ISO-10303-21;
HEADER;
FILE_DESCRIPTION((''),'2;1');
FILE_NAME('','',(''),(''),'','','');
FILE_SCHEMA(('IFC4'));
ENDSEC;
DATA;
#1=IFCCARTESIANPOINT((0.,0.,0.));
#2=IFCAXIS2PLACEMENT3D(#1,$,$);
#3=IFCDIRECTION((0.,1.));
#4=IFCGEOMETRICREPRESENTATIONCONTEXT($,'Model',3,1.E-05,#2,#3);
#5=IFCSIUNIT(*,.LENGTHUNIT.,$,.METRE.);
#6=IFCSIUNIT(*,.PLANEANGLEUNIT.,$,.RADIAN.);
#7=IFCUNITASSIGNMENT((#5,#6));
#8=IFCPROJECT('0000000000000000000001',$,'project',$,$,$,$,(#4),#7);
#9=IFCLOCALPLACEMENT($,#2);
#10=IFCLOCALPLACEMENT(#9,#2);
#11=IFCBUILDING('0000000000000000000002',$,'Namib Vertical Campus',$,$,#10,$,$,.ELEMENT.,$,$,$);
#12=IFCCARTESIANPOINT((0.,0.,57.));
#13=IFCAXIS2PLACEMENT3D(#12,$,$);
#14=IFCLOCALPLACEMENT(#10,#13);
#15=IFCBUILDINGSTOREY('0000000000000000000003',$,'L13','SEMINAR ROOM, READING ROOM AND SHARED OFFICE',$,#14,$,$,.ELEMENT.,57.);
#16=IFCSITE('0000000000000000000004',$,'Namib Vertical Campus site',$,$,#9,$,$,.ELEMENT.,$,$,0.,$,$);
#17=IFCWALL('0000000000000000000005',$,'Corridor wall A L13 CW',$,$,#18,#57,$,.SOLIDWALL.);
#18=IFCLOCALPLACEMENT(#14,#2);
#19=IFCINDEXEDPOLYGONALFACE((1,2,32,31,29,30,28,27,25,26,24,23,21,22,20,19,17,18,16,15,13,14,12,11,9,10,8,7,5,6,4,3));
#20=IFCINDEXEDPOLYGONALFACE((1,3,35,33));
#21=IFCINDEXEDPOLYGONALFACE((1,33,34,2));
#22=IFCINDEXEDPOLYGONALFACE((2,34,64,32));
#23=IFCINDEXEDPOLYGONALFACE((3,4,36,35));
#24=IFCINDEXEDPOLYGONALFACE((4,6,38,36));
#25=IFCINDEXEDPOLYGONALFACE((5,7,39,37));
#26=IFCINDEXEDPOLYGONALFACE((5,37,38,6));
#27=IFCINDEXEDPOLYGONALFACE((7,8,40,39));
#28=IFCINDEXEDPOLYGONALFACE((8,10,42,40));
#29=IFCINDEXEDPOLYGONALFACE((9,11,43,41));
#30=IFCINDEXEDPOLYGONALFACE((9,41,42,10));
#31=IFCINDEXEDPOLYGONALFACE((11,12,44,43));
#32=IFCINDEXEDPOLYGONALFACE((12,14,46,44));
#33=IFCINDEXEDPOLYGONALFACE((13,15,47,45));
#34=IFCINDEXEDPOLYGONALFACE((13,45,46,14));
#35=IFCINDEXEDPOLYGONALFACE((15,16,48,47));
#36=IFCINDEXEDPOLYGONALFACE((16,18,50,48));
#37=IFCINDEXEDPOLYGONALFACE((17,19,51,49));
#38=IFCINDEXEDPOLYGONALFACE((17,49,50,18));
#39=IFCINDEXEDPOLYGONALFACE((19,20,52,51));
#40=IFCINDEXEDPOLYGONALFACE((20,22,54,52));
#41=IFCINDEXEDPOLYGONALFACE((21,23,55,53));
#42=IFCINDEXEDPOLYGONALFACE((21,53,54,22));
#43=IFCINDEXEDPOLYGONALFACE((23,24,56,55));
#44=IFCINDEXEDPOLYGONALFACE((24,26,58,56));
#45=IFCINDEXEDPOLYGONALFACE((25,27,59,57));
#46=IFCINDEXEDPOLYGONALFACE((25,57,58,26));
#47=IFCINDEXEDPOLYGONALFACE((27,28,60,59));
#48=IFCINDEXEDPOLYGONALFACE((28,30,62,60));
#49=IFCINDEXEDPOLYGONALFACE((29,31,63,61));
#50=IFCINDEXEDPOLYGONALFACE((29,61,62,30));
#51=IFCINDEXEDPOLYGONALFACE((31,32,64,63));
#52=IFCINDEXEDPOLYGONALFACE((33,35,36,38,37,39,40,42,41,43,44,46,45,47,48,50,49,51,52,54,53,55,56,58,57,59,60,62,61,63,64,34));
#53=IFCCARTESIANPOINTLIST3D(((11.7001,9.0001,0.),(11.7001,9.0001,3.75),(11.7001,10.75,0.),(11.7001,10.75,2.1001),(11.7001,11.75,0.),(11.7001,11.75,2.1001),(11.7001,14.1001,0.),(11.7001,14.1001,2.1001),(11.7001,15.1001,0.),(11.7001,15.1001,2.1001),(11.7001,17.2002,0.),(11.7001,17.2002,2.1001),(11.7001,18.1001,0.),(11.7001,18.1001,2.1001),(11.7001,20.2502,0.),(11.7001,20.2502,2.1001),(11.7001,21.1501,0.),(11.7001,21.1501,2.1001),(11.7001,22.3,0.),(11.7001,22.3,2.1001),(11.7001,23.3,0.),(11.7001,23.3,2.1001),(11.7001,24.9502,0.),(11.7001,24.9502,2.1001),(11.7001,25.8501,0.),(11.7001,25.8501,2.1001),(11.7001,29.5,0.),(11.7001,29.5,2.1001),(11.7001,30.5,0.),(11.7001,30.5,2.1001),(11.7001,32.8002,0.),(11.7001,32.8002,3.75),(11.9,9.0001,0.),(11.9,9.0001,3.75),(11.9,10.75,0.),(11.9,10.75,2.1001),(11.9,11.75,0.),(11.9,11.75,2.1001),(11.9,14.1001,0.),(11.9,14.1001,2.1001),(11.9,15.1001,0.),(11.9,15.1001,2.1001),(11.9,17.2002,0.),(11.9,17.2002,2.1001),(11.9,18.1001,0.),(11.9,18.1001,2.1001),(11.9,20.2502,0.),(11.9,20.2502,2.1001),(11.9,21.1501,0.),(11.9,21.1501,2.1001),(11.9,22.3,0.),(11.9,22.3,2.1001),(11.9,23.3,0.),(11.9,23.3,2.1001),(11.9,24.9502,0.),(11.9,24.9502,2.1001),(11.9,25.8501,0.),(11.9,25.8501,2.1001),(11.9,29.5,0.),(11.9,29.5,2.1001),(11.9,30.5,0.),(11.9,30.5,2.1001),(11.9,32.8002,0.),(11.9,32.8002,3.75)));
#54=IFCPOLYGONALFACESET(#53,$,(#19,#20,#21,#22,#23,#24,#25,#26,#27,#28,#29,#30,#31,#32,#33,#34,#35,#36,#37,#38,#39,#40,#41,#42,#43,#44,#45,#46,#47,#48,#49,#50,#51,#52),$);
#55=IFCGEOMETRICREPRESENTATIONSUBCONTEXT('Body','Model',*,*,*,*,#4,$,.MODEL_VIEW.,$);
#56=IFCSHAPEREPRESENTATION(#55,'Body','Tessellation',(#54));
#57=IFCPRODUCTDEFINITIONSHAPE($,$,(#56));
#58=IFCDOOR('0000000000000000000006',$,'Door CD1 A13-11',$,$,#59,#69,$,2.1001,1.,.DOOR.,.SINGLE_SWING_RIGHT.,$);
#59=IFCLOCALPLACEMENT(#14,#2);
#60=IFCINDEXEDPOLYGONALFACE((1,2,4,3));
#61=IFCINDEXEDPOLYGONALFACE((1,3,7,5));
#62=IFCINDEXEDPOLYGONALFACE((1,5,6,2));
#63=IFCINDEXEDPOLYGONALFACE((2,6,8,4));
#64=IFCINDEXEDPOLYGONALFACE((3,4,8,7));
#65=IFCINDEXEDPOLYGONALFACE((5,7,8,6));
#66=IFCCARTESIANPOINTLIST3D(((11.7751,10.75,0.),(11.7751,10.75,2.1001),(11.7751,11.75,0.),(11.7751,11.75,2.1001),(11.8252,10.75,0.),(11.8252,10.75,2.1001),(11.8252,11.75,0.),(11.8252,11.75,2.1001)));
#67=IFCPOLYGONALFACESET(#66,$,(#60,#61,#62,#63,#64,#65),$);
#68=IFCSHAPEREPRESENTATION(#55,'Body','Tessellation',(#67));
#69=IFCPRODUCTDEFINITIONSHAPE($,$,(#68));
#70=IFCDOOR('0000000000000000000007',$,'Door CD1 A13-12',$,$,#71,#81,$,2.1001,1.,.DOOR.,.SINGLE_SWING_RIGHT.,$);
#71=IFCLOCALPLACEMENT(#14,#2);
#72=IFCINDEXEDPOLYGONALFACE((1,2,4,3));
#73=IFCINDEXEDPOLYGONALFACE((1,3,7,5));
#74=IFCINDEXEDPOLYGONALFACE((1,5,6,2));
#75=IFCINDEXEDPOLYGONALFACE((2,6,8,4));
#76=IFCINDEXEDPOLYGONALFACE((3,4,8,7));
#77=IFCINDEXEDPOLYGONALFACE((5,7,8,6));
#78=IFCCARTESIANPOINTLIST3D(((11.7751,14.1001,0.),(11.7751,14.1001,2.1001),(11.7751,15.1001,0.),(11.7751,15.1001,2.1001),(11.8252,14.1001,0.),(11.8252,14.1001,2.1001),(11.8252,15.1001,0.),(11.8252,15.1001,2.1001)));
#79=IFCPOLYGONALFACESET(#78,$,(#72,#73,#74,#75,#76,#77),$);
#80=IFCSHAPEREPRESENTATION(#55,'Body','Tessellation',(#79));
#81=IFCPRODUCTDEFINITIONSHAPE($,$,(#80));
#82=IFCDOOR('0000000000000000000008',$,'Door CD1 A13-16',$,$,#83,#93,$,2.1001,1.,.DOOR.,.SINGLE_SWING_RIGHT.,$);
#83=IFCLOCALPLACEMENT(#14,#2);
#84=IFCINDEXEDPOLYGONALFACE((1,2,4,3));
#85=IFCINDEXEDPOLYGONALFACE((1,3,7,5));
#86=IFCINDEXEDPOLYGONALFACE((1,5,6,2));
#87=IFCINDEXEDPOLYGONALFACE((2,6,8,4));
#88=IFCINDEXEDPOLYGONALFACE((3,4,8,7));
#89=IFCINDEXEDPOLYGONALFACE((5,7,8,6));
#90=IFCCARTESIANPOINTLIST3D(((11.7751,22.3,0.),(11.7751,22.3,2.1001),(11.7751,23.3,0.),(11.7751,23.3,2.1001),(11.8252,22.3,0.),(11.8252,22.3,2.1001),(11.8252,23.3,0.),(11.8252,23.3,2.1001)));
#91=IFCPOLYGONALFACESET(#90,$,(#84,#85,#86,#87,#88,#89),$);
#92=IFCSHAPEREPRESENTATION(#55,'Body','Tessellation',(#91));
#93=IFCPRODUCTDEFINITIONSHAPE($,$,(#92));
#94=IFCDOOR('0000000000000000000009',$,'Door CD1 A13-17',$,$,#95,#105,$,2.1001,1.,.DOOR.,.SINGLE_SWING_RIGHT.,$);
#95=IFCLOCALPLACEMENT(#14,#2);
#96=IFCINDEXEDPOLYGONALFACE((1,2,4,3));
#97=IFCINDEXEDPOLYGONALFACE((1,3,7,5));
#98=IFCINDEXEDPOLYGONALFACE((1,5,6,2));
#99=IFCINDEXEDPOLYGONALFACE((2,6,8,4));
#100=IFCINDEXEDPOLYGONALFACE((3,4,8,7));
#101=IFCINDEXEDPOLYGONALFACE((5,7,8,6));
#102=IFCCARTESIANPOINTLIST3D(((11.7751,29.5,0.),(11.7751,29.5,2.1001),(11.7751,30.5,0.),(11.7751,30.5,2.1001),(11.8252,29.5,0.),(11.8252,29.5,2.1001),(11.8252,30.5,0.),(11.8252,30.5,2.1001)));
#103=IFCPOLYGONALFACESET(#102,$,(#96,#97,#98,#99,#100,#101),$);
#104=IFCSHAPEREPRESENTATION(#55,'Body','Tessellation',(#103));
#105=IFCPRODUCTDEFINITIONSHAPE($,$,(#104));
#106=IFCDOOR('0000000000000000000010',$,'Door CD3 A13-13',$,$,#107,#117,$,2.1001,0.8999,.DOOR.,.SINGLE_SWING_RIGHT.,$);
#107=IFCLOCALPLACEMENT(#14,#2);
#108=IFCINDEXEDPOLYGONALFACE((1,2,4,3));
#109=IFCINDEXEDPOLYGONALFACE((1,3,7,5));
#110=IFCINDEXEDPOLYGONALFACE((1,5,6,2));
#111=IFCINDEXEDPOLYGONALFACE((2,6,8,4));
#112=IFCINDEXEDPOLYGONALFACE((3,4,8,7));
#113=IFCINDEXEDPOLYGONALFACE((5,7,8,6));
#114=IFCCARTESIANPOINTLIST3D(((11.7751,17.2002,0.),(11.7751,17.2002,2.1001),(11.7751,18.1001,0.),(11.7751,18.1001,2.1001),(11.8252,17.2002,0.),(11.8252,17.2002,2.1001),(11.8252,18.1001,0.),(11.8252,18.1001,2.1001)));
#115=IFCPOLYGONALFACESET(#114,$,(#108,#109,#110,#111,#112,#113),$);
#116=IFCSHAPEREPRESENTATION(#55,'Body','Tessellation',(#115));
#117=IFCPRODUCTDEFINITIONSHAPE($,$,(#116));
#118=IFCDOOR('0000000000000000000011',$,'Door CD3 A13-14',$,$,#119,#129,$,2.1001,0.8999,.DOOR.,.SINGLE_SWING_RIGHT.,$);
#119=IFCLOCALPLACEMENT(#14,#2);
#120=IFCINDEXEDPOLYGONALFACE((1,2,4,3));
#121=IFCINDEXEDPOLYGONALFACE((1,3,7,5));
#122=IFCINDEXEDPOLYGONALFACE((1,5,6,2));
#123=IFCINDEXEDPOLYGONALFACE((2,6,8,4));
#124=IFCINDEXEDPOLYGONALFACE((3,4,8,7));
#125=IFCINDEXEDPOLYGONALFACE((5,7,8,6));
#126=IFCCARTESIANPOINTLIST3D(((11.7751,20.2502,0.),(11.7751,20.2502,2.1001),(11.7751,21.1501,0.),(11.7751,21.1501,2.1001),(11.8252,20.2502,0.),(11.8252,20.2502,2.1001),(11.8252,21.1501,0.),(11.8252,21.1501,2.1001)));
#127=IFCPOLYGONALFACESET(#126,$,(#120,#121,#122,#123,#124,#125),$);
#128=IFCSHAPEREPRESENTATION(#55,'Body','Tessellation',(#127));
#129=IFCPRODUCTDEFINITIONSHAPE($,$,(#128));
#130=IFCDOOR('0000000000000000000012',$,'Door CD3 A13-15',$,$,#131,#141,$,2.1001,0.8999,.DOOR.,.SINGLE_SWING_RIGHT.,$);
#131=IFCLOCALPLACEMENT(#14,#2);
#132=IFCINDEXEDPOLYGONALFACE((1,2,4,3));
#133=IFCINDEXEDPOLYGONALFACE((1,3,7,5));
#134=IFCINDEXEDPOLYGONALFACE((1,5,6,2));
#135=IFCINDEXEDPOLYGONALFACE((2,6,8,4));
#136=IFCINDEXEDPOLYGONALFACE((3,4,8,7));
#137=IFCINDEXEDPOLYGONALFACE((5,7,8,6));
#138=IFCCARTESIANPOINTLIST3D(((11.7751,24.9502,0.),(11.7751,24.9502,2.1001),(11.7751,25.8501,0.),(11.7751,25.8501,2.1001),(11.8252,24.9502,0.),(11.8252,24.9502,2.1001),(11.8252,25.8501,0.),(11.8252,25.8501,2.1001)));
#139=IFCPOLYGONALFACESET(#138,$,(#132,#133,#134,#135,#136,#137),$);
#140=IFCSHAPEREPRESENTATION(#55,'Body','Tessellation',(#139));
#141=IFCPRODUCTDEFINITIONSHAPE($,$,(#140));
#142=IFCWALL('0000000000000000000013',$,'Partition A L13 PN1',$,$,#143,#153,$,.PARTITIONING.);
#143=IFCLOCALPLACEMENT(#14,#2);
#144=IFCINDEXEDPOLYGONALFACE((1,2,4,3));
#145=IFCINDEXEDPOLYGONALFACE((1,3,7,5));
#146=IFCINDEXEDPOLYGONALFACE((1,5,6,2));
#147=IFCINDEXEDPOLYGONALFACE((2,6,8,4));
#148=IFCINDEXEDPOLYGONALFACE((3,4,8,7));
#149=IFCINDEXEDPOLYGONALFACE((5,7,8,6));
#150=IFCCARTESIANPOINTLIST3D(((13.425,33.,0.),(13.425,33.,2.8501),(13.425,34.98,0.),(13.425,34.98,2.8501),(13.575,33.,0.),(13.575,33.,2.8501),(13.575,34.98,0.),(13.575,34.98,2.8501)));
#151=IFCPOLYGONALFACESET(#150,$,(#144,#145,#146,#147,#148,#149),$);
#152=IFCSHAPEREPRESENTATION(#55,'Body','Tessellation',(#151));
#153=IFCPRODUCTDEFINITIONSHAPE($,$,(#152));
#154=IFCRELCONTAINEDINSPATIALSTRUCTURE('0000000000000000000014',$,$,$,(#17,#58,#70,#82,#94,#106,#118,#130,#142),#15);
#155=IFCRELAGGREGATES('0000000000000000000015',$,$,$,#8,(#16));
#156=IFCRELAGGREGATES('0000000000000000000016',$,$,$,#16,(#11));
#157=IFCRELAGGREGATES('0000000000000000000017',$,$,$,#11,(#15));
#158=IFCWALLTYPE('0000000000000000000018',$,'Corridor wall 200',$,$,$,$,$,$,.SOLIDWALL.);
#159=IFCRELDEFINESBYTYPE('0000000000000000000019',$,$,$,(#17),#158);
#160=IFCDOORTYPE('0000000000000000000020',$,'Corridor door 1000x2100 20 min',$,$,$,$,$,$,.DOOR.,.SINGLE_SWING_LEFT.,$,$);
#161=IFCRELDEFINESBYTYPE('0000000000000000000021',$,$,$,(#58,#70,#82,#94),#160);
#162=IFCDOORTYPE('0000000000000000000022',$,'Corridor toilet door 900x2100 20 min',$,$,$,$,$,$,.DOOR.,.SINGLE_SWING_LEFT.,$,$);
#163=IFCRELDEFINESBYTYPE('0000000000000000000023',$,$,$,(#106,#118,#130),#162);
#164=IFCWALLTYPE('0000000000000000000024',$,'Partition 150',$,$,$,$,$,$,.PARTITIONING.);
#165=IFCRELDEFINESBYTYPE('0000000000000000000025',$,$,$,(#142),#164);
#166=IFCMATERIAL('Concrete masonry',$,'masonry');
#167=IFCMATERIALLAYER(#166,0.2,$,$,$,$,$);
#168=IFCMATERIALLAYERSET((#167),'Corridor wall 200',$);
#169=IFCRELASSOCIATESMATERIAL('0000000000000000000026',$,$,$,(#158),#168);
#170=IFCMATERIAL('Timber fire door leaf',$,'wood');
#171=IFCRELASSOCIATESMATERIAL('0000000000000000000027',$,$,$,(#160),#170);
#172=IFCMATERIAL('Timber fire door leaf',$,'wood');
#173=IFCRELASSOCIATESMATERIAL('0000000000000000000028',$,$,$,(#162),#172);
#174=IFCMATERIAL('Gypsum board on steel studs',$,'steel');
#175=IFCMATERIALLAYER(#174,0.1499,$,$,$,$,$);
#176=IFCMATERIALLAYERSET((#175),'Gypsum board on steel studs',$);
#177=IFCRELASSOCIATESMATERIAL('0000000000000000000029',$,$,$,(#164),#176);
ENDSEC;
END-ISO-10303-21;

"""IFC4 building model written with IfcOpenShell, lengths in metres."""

from ifc_helpers import new_model, si_unit, direction, frame, frame_2d, origin, place, context, subcontext, project, spatial, rectangle, extrude, material, layer, layer_set, type_object, element, fill, save


model = new_model("IFC4")

# Units and contexts
model_context = context("Model", 3, precision=1e-05, world=origin(), true_north=direction((0.0, 1.0)))
body_context = subcontext(model_context, "Body", "Model", "MODEL_VIEW")
ifc_project = project(units=[si_unit("LENGTHUNIT", "METRE"), si_unit("PLANEANGLEUNIT", "RADIAN")], contexts=[model_context])

# Site, building, storey
site_placement = place(None, origin())
site = spatial("IfcSite", under=ifc_project, at=site_placement, Name="Namib Vertical Campus site", CompositionType="ELEMENT", RefElevation=0.0)
building_placement = place(site_placement, origin())
building = spatial("IfcBuilding", under=site, at=building_placement, Name="Namib Vertical Campus", CompositionType="ELEMENT")
storey_placement = place(building_placement, frame((0.0, 0.0, 57.0)))
storey = spatial("IfcBuildingStorey", under=building, at=storey_placement, Name="L13", Description="SEMINAR ROOM, READING ROOM AND SHARED OFFICE", CompositionType="ELEMENT", Elevation=57.0)

# Wall, openings, doors
ifc_material_1 = material(Name="Concrete masonry", Category="masonry")
ifc_layer_1 = layer(ifc_material_1, 0.2)
ifc_layer_set_1 = layer_set([ifc_layer_1], Name="Corridor wall 200")
wall_type_1 = type_object("IfcWallType", Name="Corridor wall 200", PredefinedType="SOLIDWALL", material=ifc_layer_set_1)
wall_1_placement = place(storey_placement, frame((11.8, 32.8, 0.0), z_axis=(0.0, 0.0, 1.0), x_axis=(0.0, -1.0, 0.0)))
wall_1 = element("IfcWall", 1, at=wall_1_placement, inside=storey, type_object=wall_type_1, Name="Corridor wall A L13 CW", PredefinedType="SOLIDWALL", context=body_context, shape_type="SweptSolid", body=[
    extrude(rectangle(XDim=23.8, YDim=0.2, at=frame_2d((11.8999, 0.0))), origin(), (0.0, 0.0, 1.0), 3.75),
])
opening_1_placement = place(wall_1_placement, frame((21.05, 0.0, 0.0)))
opening_1 = element("IfcOpeningElement", 2, at=opening_1_placement, cuts=wall_1, PredefinedType="OPENING", context=body_context, shape_type="SweptSolid", body=[
    extrude(rectangle(XDim=1.0, YDim=2.1001, at=frame_2d((0.5, 1.05))), frame((0.0, 0.1099, 0.0), z_axis=(0.0, -1.0, 0.0), x_axis=(1.0, 0.0, 0.0)), (0.0, 0.0, 1.0), 0.22),
])
opening_2_placement = place(wall_1_placement, frame((17.7, 0.0, 0.0)))
opening_2 = element("IfcOpeningElement", 3, at=opening_2_placement, cuts=wall_1, PredefinedType="OPENING", context=body_context, shape_type="SweptSolid", body=[
    extrude(rectangle(XDim=1.0, YDim=2.1001, at=frame_2d((0.5, 1.05))), frame((0.0, 0.1099, 0.0), z_axis=(0.0, -1.0, 0.0), x_axis=(1.0, 0.0, 0.0)), (0.0, 0.0, 1.0), 0.22),
])
opening_3_placement = place(wall_1_placement, frame((14.7, 0.0, 0.0)))
opening_3 = element("IfcOpeningElement", 4, at=opening_3_placement, cuts=wall_1, PredefinedType="OPENING", context=body_context, shape_type="SweptSolid", body=[
    extrude(rectangle(XDim=0.8999, YDim=2.1001, at=frame_2d((0.45, 1.05))), frame((0.0, 0.1099, 0.0), z_axis=(0.0, -1.0, 0.0), x_axis=(1.0, 0.0, 0.0)), (0.0, 0.0, 1.0), 0.22),
])
opening_4_placement = place(wall_1_placement, frame((11.6499, 0.0, 0.0)))
opening_4 = element("IfcOpeningElement", 5, at=opening_4_placement, cuts=wall_1, PredefinedType="OPENING", context=body_context, shape_type="SweptSolid", body=[
    extrude(rectangle(XDim=0.8999, YDim=2.1001, at=frame_2d((0.45, 1.05))), frame((0.0, 0.1099, 0.0), z_axis=(0.0, -1.0, 0.0), x_axis=(1.0, 0.0, 0.0)), (0.0, 0.0, 1.0), 0.22),
])
opening_5_placement = place(wall_1_placement, frame((6.95, 0.0, 0.0)))
opening_5 = element("IfcOpeningElement", 6, at=opening_5_placement, cuts=wall_1, PredefinedType="OPENING", context=body_context, shape_type="SweptSolid", body=[
    extrude(rectangle(XDim=0.8999, YDim=2.1001, at=frame_2d((0.45, 1.05))), frame((0.0, 0.1099, 0.0), z_axis=(0.0, -1.0, 0.0), x_axis=(1.0, 0.0, 0.0)), (0.0, 0.0, 1.0), 0.22),
])
opening_6_placement = place(wall_1_placement, frame((9.5, 0.0, 0.0)))
opening_6 = element("IfcOpeningElement", 7, at=opening_6_placement, cuts=wall_1, PredefinedType="OPENING", context=body_context, shape_type="SweptSolid", body=[
    extrude(rectangle(XDim=1.0, YDim=2.1001, at=frame_2d((0.5, 1.05))), frame((0.0, 0.1099, 0.0), z_axis=(0.0, -1.0, 0.0), x_axis=(1.0, 0.0, 0.0)), (0.0, 0.0, 1.0), 0.22),
])
opening_7_placement = place(wall_1_placement, frame((2.3, 0.0, 0.0)))
opening_7 = element("IfcOpeningElement", 8, at=opening_7_placement, cuts=wall_1, PredefinedType="OPENING", context=body_context, shape_type="SweptSolid", body=[
    extrude(rectangle(XDim=1.0, YDim=2.1001, at=frame_2d((0.5, 1.05))), frame((0.0, 0.1099, 0.0), z_axis=(0.0, -1.0, 0.0), x_axis=(1.0, 0.0, 0.0)), (0.0, 0.0, 1.0), 0.22),
])
ifc_material_2 = material(Name="Timber fire door leaf", Category="wood")
door_type_1 = type_object("IfcDoorType", Name="Corridor door 1000x2100 20 min", OperationType="SINGLE_SWING_LEFT", PredefinedType="DOOR", material=ifc_material_2)
door_1_placement = place(opening_1_placement, frame((1.0, 0.0, 0.0), z_axis=(0.0, 0.0, 1.0), x_axis=(-1.0, 0.0, 0.0)))
door_1 = element("IfcDoor", 9, at=door_1_placement, inside=storey, type_object=door_type_1, Name="Door CD1 A13-11", OperationType="SINGLE_SWING_RIGHT", OverallHeight=2.1001, OverallWidth=1.0, PredefinedType="DOOR", context=body_context, shape_type="SweptSolid", body=[
    extrude(rectangle(XDim=1.0, YDim=2.1001, at=frame_2d((0.5, 1.05))), frame((0.0, 0.0249, 0.0), z_axis=(0.0, -1.0, 0.0), x_axis=(1.0, 0.0, 0.0)), (0.0, 0.0, 1.0), 0.05),
])
fill(opening_1, door_1)
door_2_placement = place(opening_2_placement, frame((1.0, 0.0, 0.0), z_axis=(0.0, 0.0, 1.0), x_axis=(-1.0, 0.0, 0.0)))
door_2 = element("IfcDoor", 10, at=door_2_placement, inside=storey, type_object=door_type_1, Name="Door CD1 A13-12", OperationType="SINGLE_SWING_RIGHT", OverallHeight=2.1001, OverallWidth=1.0, PredefinedType="DOOR", context=body_context, shape_type="SweptSolid", body=[
    extrude(rectangle(XDim=1.0, YDim=2.1001, at=frame_2d((0.5, 1.05))), frame((0.0, 0.0249, 0.0), z_axis=(0.0, -1.0, 0.0), x_axis=(1.0, 0.0, 0.0)), (0.0, 0.0, 1.0), 0.05),
])
fill(opening_2, door_2)
door_3_placement = place(opening_6_placement, frame((1.0, 0.0, 0.0), z_axis=(0.0, 0.0, 1.0), x_axis=(-1.0, 0.0, 0.0)))
door_3 = element("IfcDoor", 11, at=door_3_placement, inside=storey, type_object=door_type_1, Name="Door CD1 A13-16", OperationType="SINGLE_SWING_RIGHT", OverallHeight=2.1001, OverallWidth=1.0, PredefinedType="DOOR", context=body_context, shape_type="SweptSolid", body=[
    extrude(rectangle(XDim=1.0, YDim=2.1001, at=frame_2d((0.5, 1.05))), frame((0.0, 0.0249, 0.0), z_axis=(0.0, -1.0, 0.0), x_axis=(1.0, 0.0, 0.0)), (0.0, 0.0, 1.0), 0.05),
])
fill(opening_6, door_3)
door_4_placement = place(opening_7_placement, frame((1.0, 0.0, 0.0), z_axis=(0.0, 0.0, 1.0), x_axis=(-1.0, 0.0, 0.0)))
door_4 = element("IfcDoor", 12, at=door_4_placement, inside=storey, type_object=door_type_1, Name="Door CD1 A13-17", OperationType="SINGLE_SWING_RIGHT", OverallHeight=2.1001, OverallWidth=1.0, PredefinedType="DOOR", context=body_context, shape_type="SweptSolid", body=[
    extrude(rectangle(XDim=1.0, YDim=2.1001, at=frame_2d((0.5, 1.05))), frame((0.0, 0.0249, 0.0), z_axis=(0.0, -1.0, 0.0), x_axis=(1.0, 0.0, 0.0)), (0.0, 0.0, 1.0), 0.05),
])
fill(opening_7, door_4)
ifc_material_3 = material(Name="Timber fire door leaf", Category="wood")
door_type_2 = type_object("IfcDoorType", Name="Corridor toilet door 900x2100 20 min", OperationType="SINGLE_SWING_LEFT", PredefinedType="DOOR", material=ifc_material_3)
door_5_placement = place(opening_3_placement, frame((0.8999, 0.0, 0.0), z_axis=(0.0, 0.0, 1.0), x_axis=(-1.0, 0.0, 0.0)))
door_5 = element("IfcDoor", 13, at=door_5_placement, inside=storey, type_object=door_type_2, Name="Door CD3 A13-13", OperationType="SINGLE_SWING_RIGHT", OverallHeight=2.1001, OverallWidth=0.8999, PredefinedType="DOOR", context=body_context, shape_type="SweptSolid", body=[
    extrude(rectangle(XDim=0.8999, YDim=2.1001, at=frame_2d((0.45, 1.05))), frame((0.0, 0.0249, 0.0), z_axis=(0.0, -1.0, 0.0), x_axis=(1.0, 0.0, 0.0)), (0.0, 0.0, 1.0), 0.05),
])
fill(opening_3, door_5)
door_6_placement = place(opening_4_placement, frame((0.8999, 0.0, 0.0), z_axis=(0.0, 0.0, 1.0), x_axis=(-1.0, 0.0, 0.0)))
door_6 = element("IfcDoor", 14, at=door_6_placement, inside=storey, type_object=door_type_2, Name="Door CD3 A13-14", OperationType="SINGLE_SWING_RIGHT", OverallHeight=2.1001, OverallWidth=0.8999, PredefinedType="DOOR", context=body_context, shape_type="SweptSolid", body=[
    extrude(rectangle(XDim=0.8999, YDim=2.1001, at=frame_2d((0.45, 1.05))), frame((0.0, 0.0249, 0.0), z_axis=(0.0, -1.0, 0.0), x_axis=(1.0, 0.0, 0.0)), (0.0, 0.0, 1.0), 0.05),
])
fill(opening_4, door_6)
door_7_placement = place(opening_5_placement, frame((0.8999, 0.0, 0.0), z_axis=(0.0, 0.0, 1.0), x_axis=(-1.0, 0.0, 0.0)))
door_7 = element("IfcDoor", 15, at=door_7_placement, inside=storey, type_object=door_type_2, Name="Door CD3 A13-15", OperationType="SINGLE_SWING_RIGHT", OverallHeight=2.1001, OverallWidth=0.8999, PredefinedType="DOOR", context=body_context, shape_type="SweptSolid", body=[
    extrude(rectangle(XDim=0.8999, YDim=2.1001, at=frame_2d((0.45, 1.05))), frame((0.0, 0.0249, 0.0), z_axis=(0.0, -1.0, 0.0), x_axis=(1.0, 0.0, 0.0)), (0.0, 0.0, 1.0), 0.05),
])
fill(opening_5, door_7)

# Wall
ifc_material_4 = material(Name="Gypsum board on steel studs", Category="steel")
ifc_layer_2 = layer(ifc_material_4, 0.1499)
ifc_layer_set_2 = layer_set([ifc_layer_2], Name="Gypsum board on steel studs")
wall_type_2 = type_object("IfcWallType", Name="Partition 150", PredefinedType="PARTITIONING", material=ifc_layer_set_2)
wall_2_placement = place(storey_placement, frame((13.5, 33.0, 0.0), z_axis=(0.0, 0.0, 1.0), x_axis=(0.0, 1.0, 0.0)))
element("IfcWall", 16, at=wall_2_placement, inside=storey, type_object=wall_type_2, Name="Partition A L13 PN1", PredefinedType="PARTITIONING", context=body_context, shape_type="SweptSolid", body=[
    extrude(rectangle(XDim=1.98, YDim=0.1499, at=frame_2d((0.99, 0.0))), origin(), (0.0, 0.0, 1.0), 2.8501),
])

save(model, "model.ifc")
